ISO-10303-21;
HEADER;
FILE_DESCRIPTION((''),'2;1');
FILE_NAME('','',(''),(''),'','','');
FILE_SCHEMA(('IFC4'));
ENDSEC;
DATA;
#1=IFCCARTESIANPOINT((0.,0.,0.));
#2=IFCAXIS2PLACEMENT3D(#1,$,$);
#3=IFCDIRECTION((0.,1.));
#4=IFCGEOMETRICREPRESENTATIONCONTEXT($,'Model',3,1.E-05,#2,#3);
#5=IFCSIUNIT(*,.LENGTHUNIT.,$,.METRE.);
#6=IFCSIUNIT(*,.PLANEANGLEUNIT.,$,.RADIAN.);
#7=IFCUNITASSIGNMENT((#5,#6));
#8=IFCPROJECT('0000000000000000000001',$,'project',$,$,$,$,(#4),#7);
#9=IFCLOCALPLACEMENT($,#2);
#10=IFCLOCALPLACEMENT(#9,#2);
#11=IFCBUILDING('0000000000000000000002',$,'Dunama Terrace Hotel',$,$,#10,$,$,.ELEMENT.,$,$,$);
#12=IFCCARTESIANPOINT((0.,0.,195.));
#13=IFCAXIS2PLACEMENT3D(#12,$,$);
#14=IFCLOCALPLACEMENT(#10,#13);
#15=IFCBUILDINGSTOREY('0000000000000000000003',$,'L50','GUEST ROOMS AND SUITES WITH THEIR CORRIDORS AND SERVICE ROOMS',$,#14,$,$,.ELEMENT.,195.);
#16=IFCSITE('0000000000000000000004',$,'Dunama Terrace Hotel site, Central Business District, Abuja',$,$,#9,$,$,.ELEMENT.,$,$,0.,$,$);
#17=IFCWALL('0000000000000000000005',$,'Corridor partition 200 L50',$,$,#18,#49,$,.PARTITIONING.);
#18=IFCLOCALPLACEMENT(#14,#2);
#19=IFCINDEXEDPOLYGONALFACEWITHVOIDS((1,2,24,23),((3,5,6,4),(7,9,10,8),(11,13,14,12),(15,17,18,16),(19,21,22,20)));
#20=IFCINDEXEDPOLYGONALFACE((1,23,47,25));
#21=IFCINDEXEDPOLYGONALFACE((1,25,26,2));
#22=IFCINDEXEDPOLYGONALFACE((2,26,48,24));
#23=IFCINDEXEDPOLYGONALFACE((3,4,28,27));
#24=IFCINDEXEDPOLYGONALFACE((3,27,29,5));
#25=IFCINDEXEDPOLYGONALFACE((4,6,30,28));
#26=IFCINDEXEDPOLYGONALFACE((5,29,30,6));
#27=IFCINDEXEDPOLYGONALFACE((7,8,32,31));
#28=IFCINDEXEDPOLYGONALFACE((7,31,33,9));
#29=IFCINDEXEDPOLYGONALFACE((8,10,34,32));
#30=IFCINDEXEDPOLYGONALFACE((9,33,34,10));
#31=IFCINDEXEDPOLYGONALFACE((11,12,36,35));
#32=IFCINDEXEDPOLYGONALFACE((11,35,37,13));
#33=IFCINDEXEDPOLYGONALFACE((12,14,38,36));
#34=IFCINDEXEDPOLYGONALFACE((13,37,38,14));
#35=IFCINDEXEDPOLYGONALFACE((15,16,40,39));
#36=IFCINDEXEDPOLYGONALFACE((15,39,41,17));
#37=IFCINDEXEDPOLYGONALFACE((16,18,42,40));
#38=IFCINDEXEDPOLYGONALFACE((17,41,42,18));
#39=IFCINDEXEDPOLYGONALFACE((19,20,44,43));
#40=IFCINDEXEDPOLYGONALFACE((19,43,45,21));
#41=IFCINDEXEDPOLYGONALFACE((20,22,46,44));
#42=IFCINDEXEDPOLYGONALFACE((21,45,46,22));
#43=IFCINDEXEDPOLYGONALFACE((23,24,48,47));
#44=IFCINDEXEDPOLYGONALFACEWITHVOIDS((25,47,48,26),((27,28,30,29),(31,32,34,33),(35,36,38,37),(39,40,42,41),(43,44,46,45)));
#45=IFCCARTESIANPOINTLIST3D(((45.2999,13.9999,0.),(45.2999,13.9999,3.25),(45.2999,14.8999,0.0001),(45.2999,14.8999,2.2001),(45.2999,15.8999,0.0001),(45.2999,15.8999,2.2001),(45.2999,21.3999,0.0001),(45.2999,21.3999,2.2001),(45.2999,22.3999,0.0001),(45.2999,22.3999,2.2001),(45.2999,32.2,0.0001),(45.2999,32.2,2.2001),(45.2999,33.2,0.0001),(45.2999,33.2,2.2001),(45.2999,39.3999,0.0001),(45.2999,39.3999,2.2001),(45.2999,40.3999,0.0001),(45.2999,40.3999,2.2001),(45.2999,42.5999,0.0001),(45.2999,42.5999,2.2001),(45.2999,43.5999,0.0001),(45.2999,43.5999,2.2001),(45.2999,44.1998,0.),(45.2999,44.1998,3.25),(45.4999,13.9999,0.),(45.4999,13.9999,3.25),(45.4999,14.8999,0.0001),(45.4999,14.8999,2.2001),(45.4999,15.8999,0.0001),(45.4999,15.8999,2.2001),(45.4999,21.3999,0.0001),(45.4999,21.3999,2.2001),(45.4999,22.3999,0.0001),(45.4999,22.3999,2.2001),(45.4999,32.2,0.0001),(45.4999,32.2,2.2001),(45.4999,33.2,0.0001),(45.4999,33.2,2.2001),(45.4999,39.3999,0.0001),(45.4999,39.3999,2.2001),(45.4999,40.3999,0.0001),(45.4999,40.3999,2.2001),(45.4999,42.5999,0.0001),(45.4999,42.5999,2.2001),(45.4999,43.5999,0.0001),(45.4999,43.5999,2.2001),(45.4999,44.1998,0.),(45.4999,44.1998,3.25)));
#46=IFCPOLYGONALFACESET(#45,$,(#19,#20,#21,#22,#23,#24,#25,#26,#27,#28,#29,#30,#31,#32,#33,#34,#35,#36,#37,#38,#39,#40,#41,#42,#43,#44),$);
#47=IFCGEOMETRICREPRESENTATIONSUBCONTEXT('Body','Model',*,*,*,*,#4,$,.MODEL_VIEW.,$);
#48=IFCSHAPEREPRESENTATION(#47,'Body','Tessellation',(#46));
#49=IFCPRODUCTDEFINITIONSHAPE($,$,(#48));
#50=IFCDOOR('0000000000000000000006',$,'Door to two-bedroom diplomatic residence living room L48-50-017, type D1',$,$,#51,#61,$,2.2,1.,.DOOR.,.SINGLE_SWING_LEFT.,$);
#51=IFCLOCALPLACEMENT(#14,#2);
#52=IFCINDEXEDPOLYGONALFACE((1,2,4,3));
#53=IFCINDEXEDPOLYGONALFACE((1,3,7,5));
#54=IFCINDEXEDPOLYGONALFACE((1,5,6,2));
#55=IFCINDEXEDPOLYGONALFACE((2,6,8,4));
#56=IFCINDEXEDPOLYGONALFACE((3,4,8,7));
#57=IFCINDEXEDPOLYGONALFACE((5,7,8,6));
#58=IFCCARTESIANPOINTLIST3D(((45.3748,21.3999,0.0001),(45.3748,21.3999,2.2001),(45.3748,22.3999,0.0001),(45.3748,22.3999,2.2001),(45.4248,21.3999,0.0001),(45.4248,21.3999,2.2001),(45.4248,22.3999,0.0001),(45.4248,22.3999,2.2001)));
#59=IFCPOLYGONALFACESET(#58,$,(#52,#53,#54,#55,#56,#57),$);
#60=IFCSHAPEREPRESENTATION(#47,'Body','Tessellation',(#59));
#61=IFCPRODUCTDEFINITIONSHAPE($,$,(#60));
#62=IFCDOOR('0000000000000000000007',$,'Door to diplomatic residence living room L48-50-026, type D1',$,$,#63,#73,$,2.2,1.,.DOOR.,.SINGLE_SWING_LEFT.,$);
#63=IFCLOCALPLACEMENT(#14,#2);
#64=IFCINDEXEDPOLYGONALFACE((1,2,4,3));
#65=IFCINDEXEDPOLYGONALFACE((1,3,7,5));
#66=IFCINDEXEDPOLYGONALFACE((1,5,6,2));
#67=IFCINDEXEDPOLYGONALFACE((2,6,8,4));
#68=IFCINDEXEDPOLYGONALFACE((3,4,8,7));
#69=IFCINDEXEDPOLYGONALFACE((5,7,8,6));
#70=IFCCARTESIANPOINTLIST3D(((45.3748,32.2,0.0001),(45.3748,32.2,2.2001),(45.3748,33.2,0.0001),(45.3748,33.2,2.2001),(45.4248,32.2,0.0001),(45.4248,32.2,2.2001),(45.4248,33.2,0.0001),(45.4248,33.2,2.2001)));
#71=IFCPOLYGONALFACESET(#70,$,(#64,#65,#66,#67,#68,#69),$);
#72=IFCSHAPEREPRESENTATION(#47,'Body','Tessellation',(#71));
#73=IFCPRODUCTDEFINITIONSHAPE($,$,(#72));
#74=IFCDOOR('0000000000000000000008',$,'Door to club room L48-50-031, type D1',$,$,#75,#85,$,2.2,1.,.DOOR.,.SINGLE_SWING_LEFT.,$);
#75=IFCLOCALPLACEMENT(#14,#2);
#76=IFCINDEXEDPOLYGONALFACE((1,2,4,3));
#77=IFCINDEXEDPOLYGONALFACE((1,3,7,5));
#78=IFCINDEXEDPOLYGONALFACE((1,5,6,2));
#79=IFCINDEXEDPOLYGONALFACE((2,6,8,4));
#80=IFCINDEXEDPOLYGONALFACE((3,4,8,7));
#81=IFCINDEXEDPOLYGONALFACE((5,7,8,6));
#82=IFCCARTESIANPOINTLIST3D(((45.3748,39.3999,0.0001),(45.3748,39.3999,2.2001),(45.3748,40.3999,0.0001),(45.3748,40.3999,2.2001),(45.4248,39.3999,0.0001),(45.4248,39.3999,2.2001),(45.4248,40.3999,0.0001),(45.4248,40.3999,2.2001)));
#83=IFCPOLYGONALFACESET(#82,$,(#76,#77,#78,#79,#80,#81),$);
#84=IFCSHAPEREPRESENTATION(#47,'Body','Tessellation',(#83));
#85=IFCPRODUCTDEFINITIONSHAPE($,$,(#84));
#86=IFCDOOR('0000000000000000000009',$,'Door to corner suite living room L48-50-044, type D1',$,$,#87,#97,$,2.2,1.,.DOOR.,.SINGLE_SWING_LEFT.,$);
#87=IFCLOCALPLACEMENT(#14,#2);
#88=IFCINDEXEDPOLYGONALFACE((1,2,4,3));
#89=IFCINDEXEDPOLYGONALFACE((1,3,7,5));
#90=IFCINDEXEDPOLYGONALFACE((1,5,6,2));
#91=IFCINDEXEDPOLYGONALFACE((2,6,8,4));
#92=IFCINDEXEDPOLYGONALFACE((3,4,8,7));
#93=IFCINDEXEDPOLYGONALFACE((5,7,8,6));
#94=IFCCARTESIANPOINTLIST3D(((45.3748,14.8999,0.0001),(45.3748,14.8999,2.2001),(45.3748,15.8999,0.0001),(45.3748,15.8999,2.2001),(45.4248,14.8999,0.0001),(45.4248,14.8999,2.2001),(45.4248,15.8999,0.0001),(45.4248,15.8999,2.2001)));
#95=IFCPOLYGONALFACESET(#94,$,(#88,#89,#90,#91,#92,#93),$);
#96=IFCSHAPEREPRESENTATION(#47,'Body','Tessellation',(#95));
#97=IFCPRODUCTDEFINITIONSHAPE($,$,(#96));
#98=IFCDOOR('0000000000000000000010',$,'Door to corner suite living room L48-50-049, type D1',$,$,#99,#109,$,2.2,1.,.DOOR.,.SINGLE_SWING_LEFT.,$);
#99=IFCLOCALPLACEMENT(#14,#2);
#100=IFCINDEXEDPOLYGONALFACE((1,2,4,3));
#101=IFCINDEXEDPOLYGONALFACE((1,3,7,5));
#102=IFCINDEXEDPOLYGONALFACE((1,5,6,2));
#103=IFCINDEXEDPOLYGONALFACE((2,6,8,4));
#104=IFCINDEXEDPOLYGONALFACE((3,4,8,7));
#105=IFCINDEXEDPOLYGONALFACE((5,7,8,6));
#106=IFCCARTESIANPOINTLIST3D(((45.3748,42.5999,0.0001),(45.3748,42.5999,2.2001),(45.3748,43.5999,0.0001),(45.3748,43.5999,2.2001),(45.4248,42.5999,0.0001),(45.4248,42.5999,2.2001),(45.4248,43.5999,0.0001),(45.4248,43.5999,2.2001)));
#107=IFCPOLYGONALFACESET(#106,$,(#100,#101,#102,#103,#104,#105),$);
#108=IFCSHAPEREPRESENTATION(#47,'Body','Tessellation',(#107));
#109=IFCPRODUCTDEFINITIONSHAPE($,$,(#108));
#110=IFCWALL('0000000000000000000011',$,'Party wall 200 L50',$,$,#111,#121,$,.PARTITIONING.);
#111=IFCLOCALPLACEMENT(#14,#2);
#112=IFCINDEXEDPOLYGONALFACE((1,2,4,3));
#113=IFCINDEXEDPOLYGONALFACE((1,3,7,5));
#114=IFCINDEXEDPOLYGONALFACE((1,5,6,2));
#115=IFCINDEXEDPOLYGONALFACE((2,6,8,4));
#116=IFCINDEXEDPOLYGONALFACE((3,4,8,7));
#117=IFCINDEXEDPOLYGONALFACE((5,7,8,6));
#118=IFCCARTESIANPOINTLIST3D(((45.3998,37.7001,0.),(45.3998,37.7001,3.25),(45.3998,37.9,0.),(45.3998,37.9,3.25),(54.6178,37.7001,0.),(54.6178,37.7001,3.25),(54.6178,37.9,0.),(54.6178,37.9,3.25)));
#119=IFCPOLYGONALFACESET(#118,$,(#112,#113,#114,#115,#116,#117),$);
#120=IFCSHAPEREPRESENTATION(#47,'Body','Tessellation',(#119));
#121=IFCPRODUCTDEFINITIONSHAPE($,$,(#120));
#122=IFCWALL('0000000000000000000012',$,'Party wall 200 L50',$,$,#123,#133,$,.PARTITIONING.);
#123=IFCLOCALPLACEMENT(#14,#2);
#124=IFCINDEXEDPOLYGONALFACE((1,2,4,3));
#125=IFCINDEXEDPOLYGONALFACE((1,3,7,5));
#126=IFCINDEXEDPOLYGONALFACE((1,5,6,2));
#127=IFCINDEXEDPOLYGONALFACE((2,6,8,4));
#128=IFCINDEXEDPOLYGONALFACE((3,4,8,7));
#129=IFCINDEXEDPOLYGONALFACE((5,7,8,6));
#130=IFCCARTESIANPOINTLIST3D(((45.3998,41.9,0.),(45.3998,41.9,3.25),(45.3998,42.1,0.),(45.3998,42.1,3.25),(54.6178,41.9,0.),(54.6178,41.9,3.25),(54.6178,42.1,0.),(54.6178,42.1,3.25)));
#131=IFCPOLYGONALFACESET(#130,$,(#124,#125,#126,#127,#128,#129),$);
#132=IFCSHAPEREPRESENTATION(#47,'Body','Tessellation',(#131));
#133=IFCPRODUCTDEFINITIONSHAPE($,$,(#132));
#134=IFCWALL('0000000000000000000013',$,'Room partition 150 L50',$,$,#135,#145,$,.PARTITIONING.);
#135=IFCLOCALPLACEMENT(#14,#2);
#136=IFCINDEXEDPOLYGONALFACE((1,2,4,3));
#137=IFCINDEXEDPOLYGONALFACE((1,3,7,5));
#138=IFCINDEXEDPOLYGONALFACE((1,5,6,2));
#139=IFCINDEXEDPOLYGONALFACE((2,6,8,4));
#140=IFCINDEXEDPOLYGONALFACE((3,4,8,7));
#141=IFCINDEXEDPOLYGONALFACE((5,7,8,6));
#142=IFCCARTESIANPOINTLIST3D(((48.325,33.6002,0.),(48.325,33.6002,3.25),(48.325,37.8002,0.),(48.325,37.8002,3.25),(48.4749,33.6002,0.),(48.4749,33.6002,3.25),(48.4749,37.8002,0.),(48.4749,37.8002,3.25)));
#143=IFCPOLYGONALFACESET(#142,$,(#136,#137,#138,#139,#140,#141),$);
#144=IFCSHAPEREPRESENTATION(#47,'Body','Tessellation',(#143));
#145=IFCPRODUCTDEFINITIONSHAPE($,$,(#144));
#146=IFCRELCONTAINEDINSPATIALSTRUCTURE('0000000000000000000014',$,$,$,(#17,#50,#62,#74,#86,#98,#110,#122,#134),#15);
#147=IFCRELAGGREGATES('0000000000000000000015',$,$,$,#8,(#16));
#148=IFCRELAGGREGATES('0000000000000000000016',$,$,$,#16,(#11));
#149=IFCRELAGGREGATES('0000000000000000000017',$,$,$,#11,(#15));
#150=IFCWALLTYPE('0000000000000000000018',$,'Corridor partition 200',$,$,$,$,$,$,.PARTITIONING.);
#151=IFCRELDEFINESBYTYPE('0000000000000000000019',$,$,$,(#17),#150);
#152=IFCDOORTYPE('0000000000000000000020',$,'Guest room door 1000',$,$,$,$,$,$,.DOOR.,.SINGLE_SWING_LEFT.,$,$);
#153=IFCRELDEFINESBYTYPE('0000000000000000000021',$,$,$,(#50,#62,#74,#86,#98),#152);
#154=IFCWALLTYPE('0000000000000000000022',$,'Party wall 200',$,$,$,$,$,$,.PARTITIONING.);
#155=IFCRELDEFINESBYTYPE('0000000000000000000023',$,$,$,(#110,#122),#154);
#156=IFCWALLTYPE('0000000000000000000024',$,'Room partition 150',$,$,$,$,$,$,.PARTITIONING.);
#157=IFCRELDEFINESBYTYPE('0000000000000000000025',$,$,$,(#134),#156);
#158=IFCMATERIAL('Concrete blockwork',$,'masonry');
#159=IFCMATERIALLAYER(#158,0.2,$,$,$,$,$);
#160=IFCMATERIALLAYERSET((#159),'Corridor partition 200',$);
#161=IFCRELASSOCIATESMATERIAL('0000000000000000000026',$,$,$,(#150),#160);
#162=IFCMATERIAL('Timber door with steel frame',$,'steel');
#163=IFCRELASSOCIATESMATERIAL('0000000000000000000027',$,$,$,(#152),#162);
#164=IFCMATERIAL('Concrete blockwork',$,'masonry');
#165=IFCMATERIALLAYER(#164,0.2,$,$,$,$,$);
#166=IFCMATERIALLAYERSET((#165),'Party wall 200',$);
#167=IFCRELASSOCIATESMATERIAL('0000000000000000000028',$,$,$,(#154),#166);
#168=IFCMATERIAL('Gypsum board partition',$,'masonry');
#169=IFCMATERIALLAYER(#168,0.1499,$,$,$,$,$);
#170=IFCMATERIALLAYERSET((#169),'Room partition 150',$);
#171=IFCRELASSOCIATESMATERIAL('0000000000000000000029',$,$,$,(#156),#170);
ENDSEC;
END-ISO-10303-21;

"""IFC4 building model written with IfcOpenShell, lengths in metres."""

from ifc_helpers import new_model, si_unit, direction, frame, frame_2d, origin, place, context, subcontext, project, spatial, rectangle, extrude, material, layer, layer_set, type_object, element, fill, save


model = new_model("IFC4")

# Units and contexts
model_context = context("Model", 3, precision=1e-05, world=origin(), true_north=direction((0.0, 1.0)))
body_context = subcontext(model_context, "Body", "Model", "MODEL_VIEW")
ifc_project = project(units=[si_unit("LENGTHUNIT", "METRE"), si_unit("PLANEANGLEUNIT", "RADIAN")], contexts=[model_context])

# Site, building, storey
site_placement = place(None, origin())
site = spatial("IfcSite", under=ifc_project, at=site_placement, Name="Dunama Terrace Hotel site, Central Business District, Abuja", CompositionType="ELEMENT", RefElevation=0.0)
building_placement = place(site_placement, origin())
building = spatial("IfcBuilding", under=site, at=building_placement, Name="Dunama Terrace Hotel", CompositionType="ELEMENT")
storey_placement = place(building_placement, frame((0.0, 0.0, 195.0)))
storey = spatial("IfcBuildingStorey", under=building, at=storey_placement, Name="L50", Description="GUEST ROOMS AND SUITES WITH THEIR CORRIDORS AND SERVICE ROOMS", CompositionType="ELEMENT", Elevation=195.0)

# Wall, openings, doors
ifc_material_1 = material(Name="Concrete blockwork", Category="masonry")
ifc_layer_1 = layer(ifc_material_1, 0.2)
ifc_layer_set_1 = layer_set([ifc_layer_1], Name="Corridor partition 200")
wall_type_1 = type_object("IfcWallType", Name="Corridor partition 200", PredefinedType="PARTITIONING", material=ifc_layer_set_1)
wall_1_placement = place(storey_placement, frame((45.3999, 44.2, 0.0), z_axis=(0.0, 0.0, 1.0), x_axis=(0.0, -1.0, 0.0)))
wall_1 = element("IfcWall", 1, at=wall_1_placement, inside=storey, type_object=wall_type_1, Name="Corridor partition 200 L50", PredefinedType="PARTITIONING", context=body_context, shape_type="SweptSolid", body=[
    extrude(rectangle(XDim=30.2, YDim=0.2, at=frame_2d((15.1001, 0.0))), origin(), (0.0, 0.0, 1.0), 3.25),
])
opening_1_placement = place(wall_1_placement, frame((21.8, 0.0, 0.0)))
opening_1 = element("IfcOpeningElement", 2, at=opening_1_placement, cuts=wall_1, PredefinedType="OPENING", context=body_context, shape_type="SweptSolid", body=[
    extrude(rectangle(XDim=1.0, YDim=2.2, at=frame_2d((0.5, 1.1001))), frame((0.0, 0.1099, 0.0), z_axis=(0.0, -1.0, 0.0), x_axis=(1.0, 0.0, 0.0)), (0.0, 0.0, 1.0), 0.22),
])
opening_2_placement = place(wall_1_placement, frame((11.0, 0.0, 0.0)))
opening_2 = element("IfcOpeningElement", 3, at=opening_2_placement, cuts=wall_1, PredefinedType="OPENING", context=body_context, shape_type="SweptSolid", body=[
    extrude(rectangle(XDim=1.0, YDim=2.2, at=frame_2d((0.5, 1.1001))), frame((0.0, 0.1099, 0.0), z_axis=(0.0, -1.0, 0.0), x_axis=(1.0, 0.0, 0.0)), (0.0, 0.0, 1.0), 0.22),
])
opening_3_placement = place(wall_1_placement, frame((3.8, 0.0, 0.0)))
opening_3 = element("IfcOpeningElement", 4, at=opening_3_placement, cuts=wall_1, PredefinedType="OPENING", context=body_context, shape_type="SweptSolid", body=[
    extrude(rectangle(XDim=1.0, YDim=2.2, at=frame_2d((0.5, 1.1001))), frame((0.0, 0.1099, 0.0), z_axis=(0.0, -1.0, 0.0), x_axis=(1.0, 0.0, 0.0)), (0.0, 0.0, 1.0), 0.22),
])
opening_4_placement = place(wall_1_placement, frame((28.3, 0.0, 0.0)))
opening_4 = element("IfcOpeningElement", 5, at=opening_4_placement, cuts=wall_1, PredefinedType="OPENING", context=body_context, shape_type="SweptSolid", body=[
    extrude(rectangle(XDim=1.0, YDim=2.2, at=frame_2d((0.5, 1.1001))), frame((0.0, 0.1099, 0.0), z_axis=(0.0, -1.0, 0.0), x_axis=(1.0, 0.0, 0.0)), (0.0, 0.0, 1.0), 0.22),
])
opening_5_placement = place(wall_1_placement, frame((0.6001, 0.0, 0.0)))
opening_5 = element("IfcOpeningElement", 6, at=opening_5_placement, cuts=wall_1, PredefinedType="OPENING", context=body_context, shape_type="SweptSolid", body=[
    extrude(rectangle(XDim=1.0, YDim=2.2, at=frame_2d((0.5, 1.1001))), frame((0.0, 0.1099, 0.0), z_axis=(0.0, -1.0, 0.0), x_axis=(1.0, 0.0, 0.0)), (0.0, 0.0, 1.0), 0.22),
])
ifc_material_2 = material(Name="Timber door with steel frame", Category="steel")
door_type_1 = type_object("IfcDoorType", Name="Guest room door 1000", OperationType="SINGLE_SWING_LEFT", PredefinedType="DOOR", material=ifc_material_2)
door_1_placement = place(opening_1_placement, origin())
door_1 = element("IfcDoor", 7, at=door_1_placement, inside=storey, type_object=door_type_1, Name="Door to two-bedroom diplomatic residence living room L48-50-017, type D1", OperationType="SINGLE_SWING_LEFT", OverallHeight=2.2, OverallWidth=1.0, PredefinedType="DOOR", context=body_context, shape_type="SweptSolid", body=[
    extrude(rectangle(XDim=1.0, YDim=2.2, at=frame_2d((0.5, 1.1001))), frame((0.0, 0.0249, 0.0), z_axis=(0.0, -1.0, 0.0), x_axis=(1.0, 0.0, 0.0)), (0.0, 0.0, 1.0), 0.05),
])
fill(opening_1, door_1)
door_2_placement = place(opening_2_placement, origin())
door_2 = element("IfcDoor", 8, at=door_2_placement, inside=storey, type_object=door_type_1, Name="Door to diplomatic residence living room L48-50-026, type D1", OperationType="SINGLE_SWING_LEFT", OverallHeight=2.2, OverallWidth=1.0, PredefinedType="DOOR", context=body_context, shape_type="SweptSolid", body=[
    extrude(rectangle(XDim=1.0, YDim=2.2, at=frame_2d((0.5, 1.1001))), frame((0.0, 0.0249, 0.0), z_axis=(0.0, -1.0, 0.0), x_axis=(1.0, 0.0, 0.0)), (0.0, 0.0, 1.0), 0.05),
])
fill(opening_2, door_2)
door_3_placement = place(opening_3_placement, origin())
door_3 = element("IfcDoor", 9, at=door_3_placement, inside=storey, type_object=door_type_1, Name="Door to club room L48-50-031, type D1", OperationType="SINGLE_SWING_LEFT", OverallHeight=2.2, OverallWidth=1.0, PredefinedType="DOOR", context=body_context, shape_type="SweptSolid", body=[
    extrude(rectangle(XDim=1.0, YDim=2.2, at=frame_2d((0.5, 1.1001))), frame((0.0, 0.0249, 0.0), z_axis=(0.0, -1.0, 0.0), x_axis=(1.0, 0.0, 0.0)), (0.0, 0.0, 1.0), 0.05),
])
fill(opening_3, door_3)
door_4_placement = place(opening_4_placement, origin())
door_4 = element("IfcDoor", 10, at=door_4_placement, inside=storey, type_object=door_type_1, Name="Door to corner suite living room L48-50-044, type D1", OperationType="SINGLE_SWING_LEFT", OverallHeight=2.2, OverallWidth=1.0, PredefinedType="DOOR", context=body_context, shape_type="SweptSolid", body=[
    extrude(rectangle(XDim=1.0, YDim=2.2, at=frame_2d((0.5, 1.1001))), frame((0.0, 0.0249, 0.0), z_axis=(0.0, -1.0, 0.0), x_axis=(1.0, 0.0, 0.0)), (0.0, 0.0, 1.0), 0.05),
])
fill(opening_4, door_4)
door_5_placement = place(opening_5_placement, origin())
door_5 = element("IfcDoor", 11, at=door_5_placement, inside=storey, type_object=door_type_1, Name="Door to corner suite living room L48-50-049, type D1", OperationType="SINGLE_SWING_LEFT", OverallHeight=2.2, OverallWidth=1.0, PredefinedType="DOOR", context=body_context, shape_type="SweptSolid", body=[
    extrude(rectangle(XDim=1.0, YDim=2.2, at=frame_2d((0.5, 1.1001))), frame((0.0, 0.0249, 0.0), z_axis=(0.0, -1.0, 0.0), x_axis=(1.0, 0.0, 0.0)), (0.0, 0.0, 1.0), 0.05),
])
fill(opening_5, door_5)

# Walls
ifc_material_3 = material(Name="Concrete blockwork", Category="masonry")
ifc_layer_2 = layer(ifc_material_3, 0.2)
ifc_layer_set_2 = layer_set([ifc_layer_2], Name="Party wall 200")
wall_type_2 = type_object("IfcWallType", Name="Party wall 200", PredefinedType="PARTITIONING", material=ifc_layer_set_2)
for number, where, z_axis, x_axis, name in (
    (12, (45.3999, 37.8, 0.0), (0.0, 0.0, 1.0), (1.0, 0.0, 0.0), "Party wall 200 L50"),
    (13, (45.3999, 42.0, 0.0), (0.0, 0.0, 1.0), (1.0, 0.0, 0.0), "Party wall 200 L50"),
):
    element("IfcWall", number, at=place(storey_placement, frame(where, z_axis=z_axis, x_axis=x_axis)), inside=storey, type_object=wall_type_2, Name=name, PredefinedType="PARTITIONING", context=body_context, shape_type="SweptSolid", body=[
        extrude(rectangle(XDim=9.218, YDim=0.2, at=frame_2d((4.6089, 0.0))), origin(), (0.0, 0.0, 1.0), 3.25),
    ])
ifc_material_4 = material(Name="Gypsum board partition", Category="masonry")
ifc_layer_3 = layer(ifc_material_4, 0.1499)
ifc_layer_set_3 = layer_set([ifc_layer_3], Name="Room partition 150")
wall_type_3 = type_object("IfcWallType", Name="Room partition 150", PredefinedType="PARTITIONING", material=ifc_layer_set_3)
wall_2_placement = place(storey_placement, frame((48.3999, 33.6001, 0.0), z_axis=(0.0, 0.0, 1.0), x_axis=(0.0, 1.0, 0.0)))
element("IfcWall", 14, at=wall_2_placement, inside=storey, type_object=wall_type_3, Name="Room partition 150 L50", PredefinedType="PARTITIONING", context=body_context, shape_type="SweptSolid", body=[
    extrude(rectangle(XDim=4.2, YDim=0.1499, at=frame_2d((2.1001, 0.0))), origin(), (0.0, 0.0, 1.0), 3.25),
])

save(model, "model.ifc")
